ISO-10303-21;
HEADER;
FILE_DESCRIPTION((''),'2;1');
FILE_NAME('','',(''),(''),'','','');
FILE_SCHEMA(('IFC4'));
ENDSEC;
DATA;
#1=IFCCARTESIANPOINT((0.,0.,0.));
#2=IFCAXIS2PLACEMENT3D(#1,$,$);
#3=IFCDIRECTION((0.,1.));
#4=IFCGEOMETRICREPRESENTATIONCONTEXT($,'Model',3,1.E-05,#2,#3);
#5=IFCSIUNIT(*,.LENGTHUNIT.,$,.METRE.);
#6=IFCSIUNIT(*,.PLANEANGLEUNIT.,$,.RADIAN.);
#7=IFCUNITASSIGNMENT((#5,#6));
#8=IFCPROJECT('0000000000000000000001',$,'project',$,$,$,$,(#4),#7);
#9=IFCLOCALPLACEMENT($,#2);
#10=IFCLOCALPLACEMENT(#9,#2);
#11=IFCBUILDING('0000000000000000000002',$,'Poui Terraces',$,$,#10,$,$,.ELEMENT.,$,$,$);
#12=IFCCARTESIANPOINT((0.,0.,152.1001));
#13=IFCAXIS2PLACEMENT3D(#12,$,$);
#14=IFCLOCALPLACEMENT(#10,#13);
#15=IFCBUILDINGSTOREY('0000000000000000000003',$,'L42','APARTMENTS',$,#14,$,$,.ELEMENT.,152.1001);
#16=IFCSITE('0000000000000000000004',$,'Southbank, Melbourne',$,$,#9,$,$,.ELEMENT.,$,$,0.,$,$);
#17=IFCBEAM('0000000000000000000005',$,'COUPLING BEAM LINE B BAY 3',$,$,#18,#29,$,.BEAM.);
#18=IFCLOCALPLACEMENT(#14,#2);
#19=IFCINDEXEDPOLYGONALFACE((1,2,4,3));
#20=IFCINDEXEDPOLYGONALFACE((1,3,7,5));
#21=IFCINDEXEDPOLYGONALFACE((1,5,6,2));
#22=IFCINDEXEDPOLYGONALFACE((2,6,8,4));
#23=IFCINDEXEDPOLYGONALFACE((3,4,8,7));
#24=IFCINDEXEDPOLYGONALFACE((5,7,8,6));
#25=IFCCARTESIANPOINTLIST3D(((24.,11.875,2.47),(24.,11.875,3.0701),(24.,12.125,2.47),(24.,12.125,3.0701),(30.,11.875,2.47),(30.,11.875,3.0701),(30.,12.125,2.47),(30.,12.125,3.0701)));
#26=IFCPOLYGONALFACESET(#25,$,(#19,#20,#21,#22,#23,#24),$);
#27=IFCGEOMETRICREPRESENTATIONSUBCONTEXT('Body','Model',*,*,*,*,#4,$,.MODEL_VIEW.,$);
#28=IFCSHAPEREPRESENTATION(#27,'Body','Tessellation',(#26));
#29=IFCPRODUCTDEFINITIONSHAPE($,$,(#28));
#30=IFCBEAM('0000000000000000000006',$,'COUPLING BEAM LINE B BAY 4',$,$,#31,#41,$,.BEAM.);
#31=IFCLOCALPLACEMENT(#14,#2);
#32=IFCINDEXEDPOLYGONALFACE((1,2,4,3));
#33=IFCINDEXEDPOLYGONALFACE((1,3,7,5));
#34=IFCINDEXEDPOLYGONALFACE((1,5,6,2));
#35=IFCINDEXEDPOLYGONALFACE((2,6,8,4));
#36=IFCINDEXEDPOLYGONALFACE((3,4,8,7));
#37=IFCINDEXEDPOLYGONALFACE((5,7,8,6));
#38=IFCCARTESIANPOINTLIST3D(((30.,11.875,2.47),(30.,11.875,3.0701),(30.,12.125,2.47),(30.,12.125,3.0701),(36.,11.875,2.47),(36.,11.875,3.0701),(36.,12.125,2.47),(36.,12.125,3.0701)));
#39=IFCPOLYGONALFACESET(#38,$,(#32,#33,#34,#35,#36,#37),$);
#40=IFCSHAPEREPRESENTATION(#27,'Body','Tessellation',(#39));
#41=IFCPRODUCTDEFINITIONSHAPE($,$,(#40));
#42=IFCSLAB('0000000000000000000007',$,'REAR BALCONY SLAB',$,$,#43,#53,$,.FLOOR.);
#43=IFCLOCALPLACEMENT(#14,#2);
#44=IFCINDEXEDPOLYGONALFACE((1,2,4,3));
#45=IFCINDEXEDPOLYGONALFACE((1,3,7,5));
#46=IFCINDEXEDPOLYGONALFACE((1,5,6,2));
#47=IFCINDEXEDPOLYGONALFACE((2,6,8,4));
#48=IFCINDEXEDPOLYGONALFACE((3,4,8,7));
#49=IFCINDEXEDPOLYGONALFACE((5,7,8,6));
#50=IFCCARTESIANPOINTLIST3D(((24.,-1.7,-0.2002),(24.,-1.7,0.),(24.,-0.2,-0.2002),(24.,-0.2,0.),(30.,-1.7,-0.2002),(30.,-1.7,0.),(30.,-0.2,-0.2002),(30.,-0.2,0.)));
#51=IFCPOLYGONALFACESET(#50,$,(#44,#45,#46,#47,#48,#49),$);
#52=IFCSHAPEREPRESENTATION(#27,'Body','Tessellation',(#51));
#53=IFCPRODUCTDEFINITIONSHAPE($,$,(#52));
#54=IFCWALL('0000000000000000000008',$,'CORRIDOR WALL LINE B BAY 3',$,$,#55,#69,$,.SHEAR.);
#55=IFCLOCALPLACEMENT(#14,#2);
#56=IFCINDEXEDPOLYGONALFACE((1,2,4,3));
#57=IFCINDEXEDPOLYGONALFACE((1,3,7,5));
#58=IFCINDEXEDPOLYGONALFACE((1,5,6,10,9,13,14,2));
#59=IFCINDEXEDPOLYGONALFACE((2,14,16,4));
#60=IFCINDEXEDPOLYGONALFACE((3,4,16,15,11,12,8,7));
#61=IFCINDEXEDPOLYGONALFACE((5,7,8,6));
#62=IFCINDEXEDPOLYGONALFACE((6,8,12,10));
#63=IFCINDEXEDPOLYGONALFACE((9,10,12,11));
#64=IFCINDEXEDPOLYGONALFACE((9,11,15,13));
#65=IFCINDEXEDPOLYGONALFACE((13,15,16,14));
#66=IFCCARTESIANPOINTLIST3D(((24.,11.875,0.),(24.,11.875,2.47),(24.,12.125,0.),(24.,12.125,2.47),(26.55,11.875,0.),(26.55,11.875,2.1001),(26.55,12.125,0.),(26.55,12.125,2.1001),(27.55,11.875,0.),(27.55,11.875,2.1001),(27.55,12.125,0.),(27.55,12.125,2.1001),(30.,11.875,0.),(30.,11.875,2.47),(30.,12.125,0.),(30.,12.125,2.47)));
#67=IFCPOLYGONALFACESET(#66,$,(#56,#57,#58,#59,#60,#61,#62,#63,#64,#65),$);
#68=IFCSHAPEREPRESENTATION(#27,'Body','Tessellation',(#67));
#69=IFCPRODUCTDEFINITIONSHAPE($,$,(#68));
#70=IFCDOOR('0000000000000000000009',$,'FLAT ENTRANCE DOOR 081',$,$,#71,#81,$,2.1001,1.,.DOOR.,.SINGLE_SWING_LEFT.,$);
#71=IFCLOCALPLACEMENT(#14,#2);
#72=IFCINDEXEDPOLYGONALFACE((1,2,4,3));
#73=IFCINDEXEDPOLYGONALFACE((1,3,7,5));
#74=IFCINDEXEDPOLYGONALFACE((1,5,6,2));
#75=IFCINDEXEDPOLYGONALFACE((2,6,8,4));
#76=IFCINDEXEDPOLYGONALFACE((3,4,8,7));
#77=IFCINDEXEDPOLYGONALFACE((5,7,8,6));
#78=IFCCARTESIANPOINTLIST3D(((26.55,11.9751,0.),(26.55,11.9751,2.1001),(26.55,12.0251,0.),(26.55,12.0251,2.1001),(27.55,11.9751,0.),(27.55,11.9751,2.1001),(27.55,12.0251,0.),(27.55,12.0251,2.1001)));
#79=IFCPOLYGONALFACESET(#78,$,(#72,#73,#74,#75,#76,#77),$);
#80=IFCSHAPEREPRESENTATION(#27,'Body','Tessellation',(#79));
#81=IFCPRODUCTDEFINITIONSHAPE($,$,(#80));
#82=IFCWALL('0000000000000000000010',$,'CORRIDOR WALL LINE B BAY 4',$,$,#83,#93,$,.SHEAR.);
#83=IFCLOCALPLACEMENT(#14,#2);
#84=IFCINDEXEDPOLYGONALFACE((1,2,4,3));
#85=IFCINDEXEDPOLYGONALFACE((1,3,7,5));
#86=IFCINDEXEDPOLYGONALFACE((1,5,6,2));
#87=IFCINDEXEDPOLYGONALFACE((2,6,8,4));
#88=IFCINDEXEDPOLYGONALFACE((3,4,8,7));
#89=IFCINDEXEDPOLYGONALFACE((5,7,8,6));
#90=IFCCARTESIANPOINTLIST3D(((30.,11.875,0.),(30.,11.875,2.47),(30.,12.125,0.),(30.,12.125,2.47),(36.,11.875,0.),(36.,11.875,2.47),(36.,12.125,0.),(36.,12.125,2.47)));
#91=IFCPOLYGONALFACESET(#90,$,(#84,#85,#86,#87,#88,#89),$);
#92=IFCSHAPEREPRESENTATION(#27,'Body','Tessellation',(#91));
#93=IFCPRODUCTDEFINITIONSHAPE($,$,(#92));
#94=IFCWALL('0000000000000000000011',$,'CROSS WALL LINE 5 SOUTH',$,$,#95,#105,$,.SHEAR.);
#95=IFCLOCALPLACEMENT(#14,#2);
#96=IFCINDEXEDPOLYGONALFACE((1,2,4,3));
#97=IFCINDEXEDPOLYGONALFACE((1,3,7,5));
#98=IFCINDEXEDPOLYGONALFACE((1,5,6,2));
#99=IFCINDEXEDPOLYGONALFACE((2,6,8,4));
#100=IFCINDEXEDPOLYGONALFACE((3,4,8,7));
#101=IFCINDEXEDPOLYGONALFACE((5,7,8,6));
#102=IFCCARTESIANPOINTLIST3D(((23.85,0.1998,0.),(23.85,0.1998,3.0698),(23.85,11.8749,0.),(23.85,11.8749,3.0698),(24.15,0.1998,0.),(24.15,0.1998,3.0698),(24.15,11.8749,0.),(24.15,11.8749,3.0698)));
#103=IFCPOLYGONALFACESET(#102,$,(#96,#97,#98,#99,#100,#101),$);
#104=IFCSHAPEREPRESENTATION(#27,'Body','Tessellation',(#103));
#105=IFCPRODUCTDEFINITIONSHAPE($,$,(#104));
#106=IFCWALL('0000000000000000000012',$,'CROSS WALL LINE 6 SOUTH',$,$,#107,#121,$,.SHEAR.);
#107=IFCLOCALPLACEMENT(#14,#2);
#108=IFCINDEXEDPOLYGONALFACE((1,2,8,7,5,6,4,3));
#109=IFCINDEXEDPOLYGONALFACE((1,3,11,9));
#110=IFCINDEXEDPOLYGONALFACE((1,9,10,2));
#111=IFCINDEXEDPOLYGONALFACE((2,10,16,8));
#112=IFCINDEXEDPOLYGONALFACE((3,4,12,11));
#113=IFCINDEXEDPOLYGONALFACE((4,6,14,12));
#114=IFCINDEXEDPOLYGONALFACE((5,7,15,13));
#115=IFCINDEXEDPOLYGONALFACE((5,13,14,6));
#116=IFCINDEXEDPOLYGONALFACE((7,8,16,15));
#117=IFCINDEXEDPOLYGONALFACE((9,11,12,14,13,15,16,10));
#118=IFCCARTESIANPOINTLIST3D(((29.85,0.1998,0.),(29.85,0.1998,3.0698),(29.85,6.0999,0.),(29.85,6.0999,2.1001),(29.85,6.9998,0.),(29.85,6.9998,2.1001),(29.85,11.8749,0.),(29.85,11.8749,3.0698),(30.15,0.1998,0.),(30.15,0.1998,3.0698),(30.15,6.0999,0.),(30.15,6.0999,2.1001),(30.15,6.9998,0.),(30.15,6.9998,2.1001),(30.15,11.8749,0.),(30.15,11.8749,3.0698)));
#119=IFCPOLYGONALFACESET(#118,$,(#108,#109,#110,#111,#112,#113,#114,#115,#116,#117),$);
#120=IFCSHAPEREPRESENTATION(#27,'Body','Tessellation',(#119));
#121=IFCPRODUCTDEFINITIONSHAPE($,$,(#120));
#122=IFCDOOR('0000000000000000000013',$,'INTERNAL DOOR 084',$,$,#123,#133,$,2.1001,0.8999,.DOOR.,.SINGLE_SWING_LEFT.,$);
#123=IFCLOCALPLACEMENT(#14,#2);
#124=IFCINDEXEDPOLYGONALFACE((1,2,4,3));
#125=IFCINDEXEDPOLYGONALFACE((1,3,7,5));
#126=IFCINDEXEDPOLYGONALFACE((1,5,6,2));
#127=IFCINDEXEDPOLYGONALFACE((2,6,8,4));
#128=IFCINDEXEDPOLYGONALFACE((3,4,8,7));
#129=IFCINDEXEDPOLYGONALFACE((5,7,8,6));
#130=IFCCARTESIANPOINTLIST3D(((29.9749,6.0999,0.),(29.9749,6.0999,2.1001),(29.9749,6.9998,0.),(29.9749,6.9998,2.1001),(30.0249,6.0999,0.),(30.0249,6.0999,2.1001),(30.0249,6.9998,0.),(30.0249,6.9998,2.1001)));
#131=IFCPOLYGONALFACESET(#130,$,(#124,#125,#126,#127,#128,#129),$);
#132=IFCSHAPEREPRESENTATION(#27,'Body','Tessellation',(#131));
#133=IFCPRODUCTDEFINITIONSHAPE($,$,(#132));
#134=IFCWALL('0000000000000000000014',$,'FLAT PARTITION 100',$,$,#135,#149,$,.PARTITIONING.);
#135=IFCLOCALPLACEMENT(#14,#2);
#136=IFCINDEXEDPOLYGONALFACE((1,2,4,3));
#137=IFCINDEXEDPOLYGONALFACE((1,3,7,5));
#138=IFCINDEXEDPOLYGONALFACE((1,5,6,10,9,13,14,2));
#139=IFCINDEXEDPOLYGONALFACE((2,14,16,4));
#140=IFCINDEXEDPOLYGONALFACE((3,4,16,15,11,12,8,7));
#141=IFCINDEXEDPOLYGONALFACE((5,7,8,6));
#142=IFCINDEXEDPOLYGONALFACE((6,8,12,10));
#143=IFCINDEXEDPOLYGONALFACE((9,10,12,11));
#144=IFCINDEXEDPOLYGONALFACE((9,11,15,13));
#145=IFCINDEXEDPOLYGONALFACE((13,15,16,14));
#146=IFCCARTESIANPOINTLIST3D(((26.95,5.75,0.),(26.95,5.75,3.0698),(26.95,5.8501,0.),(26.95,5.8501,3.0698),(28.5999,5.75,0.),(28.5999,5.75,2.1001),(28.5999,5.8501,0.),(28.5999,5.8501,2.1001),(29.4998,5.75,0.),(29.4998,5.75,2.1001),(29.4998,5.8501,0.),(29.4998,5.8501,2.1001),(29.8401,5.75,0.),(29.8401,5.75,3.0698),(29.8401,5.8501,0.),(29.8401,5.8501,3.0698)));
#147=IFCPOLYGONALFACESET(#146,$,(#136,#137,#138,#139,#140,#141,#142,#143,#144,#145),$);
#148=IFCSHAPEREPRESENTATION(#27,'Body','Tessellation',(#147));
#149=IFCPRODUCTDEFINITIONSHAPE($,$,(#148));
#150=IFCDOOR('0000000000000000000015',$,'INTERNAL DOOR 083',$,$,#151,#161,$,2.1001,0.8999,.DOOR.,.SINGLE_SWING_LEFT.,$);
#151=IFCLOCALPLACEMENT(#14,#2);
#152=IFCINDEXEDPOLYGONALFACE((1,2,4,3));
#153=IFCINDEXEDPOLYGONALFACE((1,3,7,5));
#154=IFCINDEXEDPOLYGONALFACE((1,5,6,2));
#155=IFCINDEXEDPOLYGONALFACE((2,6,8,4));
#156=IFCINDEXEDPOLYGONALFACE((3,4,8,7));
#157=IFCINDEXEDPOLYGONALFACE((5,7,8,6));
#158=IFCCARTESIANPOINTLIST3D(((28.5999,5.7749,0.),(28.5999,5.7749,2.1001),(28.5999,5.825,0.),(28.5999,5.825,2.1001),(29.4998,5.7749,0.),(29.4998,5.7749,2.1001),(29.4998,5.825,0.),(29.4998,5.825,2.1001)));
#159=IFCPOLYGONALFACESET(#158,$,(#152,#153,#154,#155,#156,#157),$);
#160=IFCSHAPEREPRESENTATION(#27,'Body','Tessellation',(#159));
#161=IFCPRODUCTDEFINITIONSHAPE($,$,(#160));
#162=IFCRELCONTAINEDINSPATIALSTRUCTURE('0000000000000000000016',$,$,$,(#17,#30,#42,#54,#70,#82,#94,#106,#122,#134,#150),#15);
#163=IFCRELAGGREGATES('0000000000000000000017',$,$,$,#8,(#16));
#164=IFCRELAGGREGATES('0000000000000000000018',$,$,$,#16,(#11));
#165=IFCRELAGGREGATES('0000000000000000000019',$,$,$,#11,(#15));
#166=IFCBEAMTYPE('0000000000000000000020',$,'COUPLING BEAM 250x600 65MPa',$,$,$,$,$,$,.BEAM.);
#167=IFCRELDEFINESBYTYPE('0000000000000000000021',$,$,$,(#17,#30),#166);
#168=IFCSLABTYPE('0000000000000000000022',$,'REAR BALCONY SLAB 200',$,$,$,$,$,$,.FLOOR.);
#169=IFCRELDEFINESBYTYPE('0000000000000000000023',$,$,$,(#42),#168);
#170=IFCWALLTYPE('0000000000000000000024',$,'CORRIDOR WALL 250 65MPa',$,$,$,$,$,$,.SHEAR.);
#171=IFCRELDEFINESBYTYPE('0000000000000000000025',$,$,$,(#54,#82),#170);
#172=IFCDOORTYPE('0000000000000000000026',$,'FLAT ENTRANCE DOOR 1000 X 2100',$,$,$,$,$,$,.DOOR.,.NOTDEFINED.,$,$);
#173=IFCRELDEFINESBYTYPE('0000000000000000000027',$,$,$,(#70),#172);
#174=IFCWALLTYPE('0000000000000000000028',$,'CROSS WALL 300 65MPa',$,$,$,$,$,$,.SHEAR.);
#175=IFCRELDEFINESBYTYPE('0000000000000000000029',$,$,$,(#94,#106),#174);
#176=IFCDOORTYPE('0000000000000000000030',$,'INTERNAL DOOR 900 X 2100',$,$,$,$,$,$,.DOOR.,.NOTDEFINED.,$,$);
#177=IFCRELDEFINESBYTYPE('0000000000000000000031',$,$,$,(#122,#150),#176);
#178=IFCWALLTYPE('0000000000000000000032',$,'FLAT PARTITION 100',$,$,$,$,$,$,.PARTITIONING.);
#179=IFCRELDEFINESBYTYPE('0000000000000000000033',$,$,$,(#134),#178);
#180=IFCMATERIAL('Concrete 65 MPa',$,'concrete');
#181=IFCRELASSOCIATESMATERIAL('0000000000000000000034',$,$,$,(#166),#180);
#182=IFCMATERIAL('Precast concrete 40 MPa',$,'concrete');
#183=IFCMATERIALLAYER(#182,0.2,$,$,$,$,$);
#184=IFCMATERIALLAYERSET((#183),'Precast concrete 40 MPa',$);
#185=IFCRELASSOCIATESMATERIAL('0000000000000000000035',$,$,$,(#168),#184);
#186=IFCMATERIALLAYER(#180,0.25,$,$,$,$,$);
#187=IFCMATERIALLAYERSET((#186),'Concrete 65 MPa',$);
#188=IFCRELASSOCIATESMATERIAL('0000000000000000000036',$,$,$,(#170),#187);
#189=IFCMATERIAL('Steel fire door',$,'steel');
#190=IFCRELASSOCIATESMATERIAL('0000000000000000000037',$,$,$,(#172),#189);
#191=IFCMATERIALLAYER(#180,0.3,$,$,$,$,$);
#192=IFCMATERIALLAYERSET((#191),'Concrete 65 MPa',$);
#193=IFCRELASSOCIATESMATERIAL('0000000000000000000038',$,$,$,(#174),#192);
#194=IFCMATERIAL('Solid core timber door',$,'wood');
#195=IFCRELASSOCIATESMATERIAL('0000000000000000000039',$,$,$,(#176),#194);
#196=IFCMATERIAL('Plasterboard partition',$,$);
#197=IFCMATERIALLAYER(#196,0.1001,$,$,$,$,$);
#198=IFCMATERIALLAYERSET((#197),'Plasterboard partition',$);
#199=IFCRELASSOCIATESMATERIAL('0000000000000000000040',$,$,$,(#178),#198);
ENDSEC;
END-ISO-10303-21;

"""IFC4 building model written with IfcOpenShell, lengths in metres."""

from ifc_helpers import new_model, si_unit, direction, frame, frame_2d, origin, origin_2d, place, context, subcontext, project, spatial, polyline, rectangle, outline, extrude, source, transform, mapped, material, layer, layer_set, material_profile, profile_set, type_object, element, fill, save


model = new_model("IFC4")

# Units and contexts
model_context = context("Model", 3, precision=1e-05, world=origin(), true_north=direction((0.0, 1.0)))
body_context = subcontext(model_context, "Body", "Model", "MODEL_VIEW")
ifc_project = project(units=[si_unit("LENGTHUNIT", "METRE"), si_unit("PLANEANGLEUNIT", "RADIAN")], contexts=[model_context])

# Site, building, storey
site_placement = place(None, origin())
site = spatial("IfcSite", under=ifc_project, at=site_placement, Name="Southbank, Melbourne", CompositionType="ELEMENT", RefElevation=0.0)
building_placement = place(site_placement, origin())
building = spatial("IfcBuilding", under=site, at=building_placement, Name="Poui Terraces", CompositionType="ELEMENT")
storey_placement = place(building_placement, frame((0.0, 0.0, 152.1001)))
storey = spatial("IfcBuildingStorey", under=building, at=storey_placement, Name="L42", Description="APARTMENTS", CompositionType="ELEMENT", Elevation=152.1001)

# Beams
ifc_material_1 = material(Name="Concrete 65 MPa", Category="concrete")
ifc_material_profile_1 = material_profile(ifc_material_1, rectangle(XDim=0.25, YDim=0.6001, at=origin_2d()), Name="RC 250x600")
ifc_profile_set_1 = profile_set([ifc_material_profile_1], Name="Concrete 65 MPa")
beam_type = type_object("IfcBeamType", Name="COUPLING BEAM 250x600 65MPa", PredefinedType="BEAM", material=ifc_profile_set_1)
shared_shape_1 = source(origin(), body_context, "Body", "SweptSolid", [
    extrude(rectangle(XDim=0.25, YDim=0.6001, at=origin_2d()), origin(), (0.0, 0.0, 1.0), 6.0),
])
for number, where, z_axis, x_axis, name in (
    (1, (24.0, 12.0, 2.77), (1.0, 0.0, 0.0), (0.0, 1.0, 0.0), "COUPLING BEAM LINE B BAY 3"),
    (2, (30.0, 12.0, 2.77), (1.0, 0.0, 0.0), (0.0, 1.0, 0.0), "COUPLING BEAM LINE B BAY 4"),
):
    element("IfcBeam", number, at=place(storey_placement, frame(where, z_axis=z_axis, x_axis=x_axis)), inside=storey, type_object=beam_type, Name=name, PredefinedType="BEAM", context=body_context, shape_type="MappedRepresentation", body=[
        mapped(shared_shape_1, transform((0.0, 0.0, 0.0))),
    ])

# Slab
ifc_material_2 = material(Name="Precast concrete 40 MPa", Category="concrete")
ifc_layer_1 = layer(ifc_material_2, 0.2)
ifc_layer_set_1 = layer_set([ifc_layer_1], Name="Precast concrete 40 MPa")
slab_type = type_object("IfcSlabType", Name="REAR BALCONY SLAB 200", PredefinedType="FLOOR", material=ifc_layer_set_1)
shared_shape_2 = source(origin(), body_context, "Body", "SweptSolid", [
    extrude(outline(polyline([(0.0, 0.0), (6.0, 0.0), (6.0, 1.5), (0.0, 1.5), (0.0, 0.0)])), origin(), (0.0, 0.0, 1.0), 0.2002),
])
slab_placement = place(storey_placement, frame((24.0, -1.7, -0.2002)))
element("IfcSlab", 3, at=slab_placement, inside=storey, type_object=slab_type, Name="REAR BALCONY SLAB", PredefinedType="FLOOR", context=body_context, shape_type="MappedRepresentation", body=[
    mapped(shared_shape_2, transform((0.0, 0.0, 0.0))),
])

# Wall, opening, door
ifc_layer_2 = layer(ifc_material_1, 0.25)
ifc_layer_set_2 = layer_set([ifc_layer_2], Name="Concrete 65 MPa")
wall_type_1 = type_object("IfcWallType", Name="CORRIDOR WALL 250 65MPa", PredefinedType="SHEAR", material=ifc_layer_set_2)
wall_1_placement = place(storey_placement, frame((24.0, 12.0, 0.0), z_axis=(0.0, 0.0, 1.0), x_axis=(1.0, 0.0, 0.0)))
wall_1 = element("IfcWall", 4, at=wall_1_placement, inside=storey, type_object=wall_type_1, Name="CORRIDOR WALL LINE B BAY 3", PredefinedType="SHEAR", context=body_context, shape_type="SweptSolid", body=[
    extrude(rectangle(XDim=6.0, YDim=0.25, at=frame_2d((3.0, 0.0))), origin(), (0.0, 0.0, 1.0), 2.47),
])
opening_1_placement = place(wall_1_placement, frame((2.55, 0.0, 0.0)))
opening_1 = element("IfcOpeningElement", 5, at=opening_1_placement, cuts=wall_1, PredefinedType="OPENING", context=body_context, shape_type="SweptSolid", body=[
    extrude(rectangle(XDim=1.0, YDim=2.1001, at=frame_2d((0.5, 1.05))), frame((0.0, 0.135, 0.0), z_axis=(0.0, -1.0, 0.0), x_axis=(1.0, 0.0, 0.0)), (0.0, 0.0, 1.0), 0.27),
])
ifc_material_3 = material(Name="Steel fire door", Category="steel")
door_type_1 = type_object("IfcDoorType", Name="FLAT ENTRANCE DOOR 1000 X 2100", OperationType="NOTDEFINED", PredefinedType="DOOR", material=ifc_material_3)
door_1_placement = place(opening_1_placement, frame((1.0, 0.0, 0.0), z_axis=(0.0, 0.0, 1.0), x_axis=(-1.0, 0.0, 0.0)))
door_1 = element("IfcDoor", 6, at=door_1_placement, inside=storey, type_object=door_type_1, Name="FLAT ENTRANCE DOOR 081", OperationType="SINGLE_SWING_LEFT", OverallHeight=2.1001, OverallWidth=1.0, PredefinedType="DOOR", context=body_context, shape_type="SweptSolid", body=[
    extrude(rectangle(XDim=1.0, YDim=2.1001, at=frame_2d((0.5, 1.05))), frame((0.0, 0.0249, 0.0), z_axis=(0.0, -1.0, 0.0), x_axis=(1.0, 0.0, 0.0)), (0.0, 0.0, 1.0), 0.05),
])
fill(opening_1, door_1)

# Walls
wall_2_placement = place(storey_placement, frame((30.0, 12.0, 0.0), z_axis=(0.0, 0.0, 1.0), x_axis=(1.0, 0.0, 0.0)))
element("IfcWall", 7, at=wall_2_placement, inside=storey, type_object=wall_type_1, Name="CORRIDOR WALL LINE B BAY 4", PredefinedType="SHEAR", context=body_context, shape_type="SweptSolid", body=[
    extrude(rectangle(XDim=6.0, YDim=0.25, at=frame_2d((3.0, 0.0))), origin(), (0.0, 0.0, 1.0), 2.47),
])
ifc_layer_3 = layer(ifc_material_1, 0.3)
ifc_layer_set_3 = layer_set([ifc_layer_3], Name="Concrete 65 MPa")
wall_type_2 = type_object("IfcWallType", Name="CROSS WALL 300 65MPa", PredefinedType="SHEAR", material=ifc_layer_set_3)
wall_3_placement = place(storey_placement, frame((24.0, 0.2, 0.0), z_axis=(0.0, 0.0, 1.0), x_axis=(0.0, 1.0, 0.0)))
element("IfcWall", 8, at=wall_3_placement, inside=storey, type_object=wall_type_2, Name="CROSS WALL LINE 5 SOUTH", PredefinedType="SHEAR", context=body_context, shape_type="SweptSolid", body=[
    extrude(rectangle(XDim=11.675, YDim=0.3, at=frame_2d((5.8374, 0.0))), origin(), (0.0, 0.0, 1.0), 3.0698),
])

# Walls, openings, doors
wall_4_placement = place(storey_placement, frame((30.0, 0.2, 0.0), z_axis=(0.0, 0.0, 1.0), x_axis=(0.0, 1.0, 0.0)))
wall_4 = element("IfcWall", 9, at=wall_4_placement, inside=storey, type_object=wall_type_2, Name="CROSS WALL LINE 6 SOUTH", PredefinedType="SHEAR", context=body_context, shape_type="SweptSolid", body=[
    extrude(rectangle(XDim=11.675, YDim=0.3, at=frame_2d((5.8374, 0.0))), origin(), (0.0, 0.0, 1.0), 3.0698),
])
opening_2_placement = place(wall_4_placement, frame((5.8999, 0.0, 0.0)))
opening_2 = element("IfcOpeningElement", 10, at=opening_2_placement, cuts=wall_4, PredefinedType="OPENING", context=body_context, shape_type="SweptSolid", body=[
    extrude(rectangle(XDim=0.8999, YDim=2.1001, at=frame_2d((0.45, 1.05))), frame((0.0, 0.1602, 0.0), z_axis=(0.0, -1.0, 0.0), x_axis=(1.0, 0.0, 0.0)), (0.0, 0.0, 1.0), 0.3201),
])
ifc_material_4 = material(Name="Solid core timber door", Category="wood")
door_type_2 = type_object("IfcDoorType", Name="INTERNAL DOOR 900 X 2100", OperationType="NOTDEFINED", PredefinedType="DOOR", material=ifc_material_4)
door_2_placement = place(opening_2_placement, frame((0.8999, 0.0, 0.0), z_axis=(0.0, 0.0, 1.0), x_axis=(-1.0, 0.0, 0.0)))
door_2 = element("IfcDoor", 11, at=door_2_placement, inside=storey, type_object=door_type_2, Name="INTERNAL DOOR 084", OperationType="SINGLE_SWING_LEFT", OverallHeight=2.1001, OverallWidth=0.8999, PredefinedType="DOOR", context=body_context, shape_type="SweptSolid", body=[
    extrude(rectangle(XDim=0.8999, YDim=2.1001, at=frame_2d((0.45, 1.05))), frame((0.0, 0.0249, 0.0), z_axis=(0.0, -1.0, 0.0), x_axis=(1.0, 0.0, 0.0)), (0.0, 0.0, 1.0), 0.05),
])
fill(opening_2, door_2)
ifc_material_5 = material(Name="Plasterboard partition")
ifc_layer_4 = layer(ifc_material_5, 0.1001)
ifc_layer_set_4 = layer_set([ifc_layer_4], Name="Plasterboard partition")
wall_type_3 = type_object("IfcWallType", Name="FLAT PARTITION 100", PredefinedType="PARTITIONING", material=ifc_layer_set_4)
wall_5_placement = place(storey_placement, frame((26.95, 5.8, 0.0), z_axis=(0.0, 0.0, 1.0), x_axis=(1.0, 0.0, 0.0)))
wall_5 = element("IfcWall", 12, at=wall_5_placement, inside=storey, type_object=wall_type_3, Name="FLAT PARTITION 100", PredefinedType="PARTITIONING", context=body_context, shape_type="SweptSolid", body=[
    extrude(rectangle(XDim=2.8901, YDim=0.1001, at=frame_2d((1.4451, 0.0))), origin(), (0.0, 0.0, 1.0), 3.0698),
])
opening_3_placement = place(wall_5_placement, frame((1.6499, 0.0, 0.0)))
opening_3 = element("IfcOpeningElement", 13, at=opening_3_placement, cuts=wall_5, PredefinedType="OPENING", context=body_context, shape_type="SweptSolid", body=[
    extrude(rectangle(XDim=0.8999, YDim=2.1001, at=frame_2d((0.45, 1.05))), frame((0.0, 0.0601, 0.0), z_axis=(0.0, -1.0, 0.0), x_axis=(1.0, 0.0, 0.0)), (0.0, 0.0, 1.0), 0.1201),
])
door_3_placement = place(opening_3_placement, origin())
door_3 = element("IfcDoor", 14, at=door_3_placement, inside=storey, type_object=door_type_2, Name="INTERNAL DOOR 083", OperationType="SINGLE_SWING_LEFT", OverallHeight=2.1001, OverallWidth=0.8999, PredefinedType="DOOR", context=body_context, shape_type="SweptSolid", body=[
    extrude(rectangle(XDim=0.8999, YDim=2.1001, at=frame_2d((0.45, 1.05))), frame((0.0, 0.0249, 0.0), z_axis=(0.0, -1.0, 0.0), x_axis=(1.0, 0.0, 0.0)), (0.0, 0.0, 1.0), 0.05),
])
fill(opening_3, door_3)

save(model, "model.ifc")
